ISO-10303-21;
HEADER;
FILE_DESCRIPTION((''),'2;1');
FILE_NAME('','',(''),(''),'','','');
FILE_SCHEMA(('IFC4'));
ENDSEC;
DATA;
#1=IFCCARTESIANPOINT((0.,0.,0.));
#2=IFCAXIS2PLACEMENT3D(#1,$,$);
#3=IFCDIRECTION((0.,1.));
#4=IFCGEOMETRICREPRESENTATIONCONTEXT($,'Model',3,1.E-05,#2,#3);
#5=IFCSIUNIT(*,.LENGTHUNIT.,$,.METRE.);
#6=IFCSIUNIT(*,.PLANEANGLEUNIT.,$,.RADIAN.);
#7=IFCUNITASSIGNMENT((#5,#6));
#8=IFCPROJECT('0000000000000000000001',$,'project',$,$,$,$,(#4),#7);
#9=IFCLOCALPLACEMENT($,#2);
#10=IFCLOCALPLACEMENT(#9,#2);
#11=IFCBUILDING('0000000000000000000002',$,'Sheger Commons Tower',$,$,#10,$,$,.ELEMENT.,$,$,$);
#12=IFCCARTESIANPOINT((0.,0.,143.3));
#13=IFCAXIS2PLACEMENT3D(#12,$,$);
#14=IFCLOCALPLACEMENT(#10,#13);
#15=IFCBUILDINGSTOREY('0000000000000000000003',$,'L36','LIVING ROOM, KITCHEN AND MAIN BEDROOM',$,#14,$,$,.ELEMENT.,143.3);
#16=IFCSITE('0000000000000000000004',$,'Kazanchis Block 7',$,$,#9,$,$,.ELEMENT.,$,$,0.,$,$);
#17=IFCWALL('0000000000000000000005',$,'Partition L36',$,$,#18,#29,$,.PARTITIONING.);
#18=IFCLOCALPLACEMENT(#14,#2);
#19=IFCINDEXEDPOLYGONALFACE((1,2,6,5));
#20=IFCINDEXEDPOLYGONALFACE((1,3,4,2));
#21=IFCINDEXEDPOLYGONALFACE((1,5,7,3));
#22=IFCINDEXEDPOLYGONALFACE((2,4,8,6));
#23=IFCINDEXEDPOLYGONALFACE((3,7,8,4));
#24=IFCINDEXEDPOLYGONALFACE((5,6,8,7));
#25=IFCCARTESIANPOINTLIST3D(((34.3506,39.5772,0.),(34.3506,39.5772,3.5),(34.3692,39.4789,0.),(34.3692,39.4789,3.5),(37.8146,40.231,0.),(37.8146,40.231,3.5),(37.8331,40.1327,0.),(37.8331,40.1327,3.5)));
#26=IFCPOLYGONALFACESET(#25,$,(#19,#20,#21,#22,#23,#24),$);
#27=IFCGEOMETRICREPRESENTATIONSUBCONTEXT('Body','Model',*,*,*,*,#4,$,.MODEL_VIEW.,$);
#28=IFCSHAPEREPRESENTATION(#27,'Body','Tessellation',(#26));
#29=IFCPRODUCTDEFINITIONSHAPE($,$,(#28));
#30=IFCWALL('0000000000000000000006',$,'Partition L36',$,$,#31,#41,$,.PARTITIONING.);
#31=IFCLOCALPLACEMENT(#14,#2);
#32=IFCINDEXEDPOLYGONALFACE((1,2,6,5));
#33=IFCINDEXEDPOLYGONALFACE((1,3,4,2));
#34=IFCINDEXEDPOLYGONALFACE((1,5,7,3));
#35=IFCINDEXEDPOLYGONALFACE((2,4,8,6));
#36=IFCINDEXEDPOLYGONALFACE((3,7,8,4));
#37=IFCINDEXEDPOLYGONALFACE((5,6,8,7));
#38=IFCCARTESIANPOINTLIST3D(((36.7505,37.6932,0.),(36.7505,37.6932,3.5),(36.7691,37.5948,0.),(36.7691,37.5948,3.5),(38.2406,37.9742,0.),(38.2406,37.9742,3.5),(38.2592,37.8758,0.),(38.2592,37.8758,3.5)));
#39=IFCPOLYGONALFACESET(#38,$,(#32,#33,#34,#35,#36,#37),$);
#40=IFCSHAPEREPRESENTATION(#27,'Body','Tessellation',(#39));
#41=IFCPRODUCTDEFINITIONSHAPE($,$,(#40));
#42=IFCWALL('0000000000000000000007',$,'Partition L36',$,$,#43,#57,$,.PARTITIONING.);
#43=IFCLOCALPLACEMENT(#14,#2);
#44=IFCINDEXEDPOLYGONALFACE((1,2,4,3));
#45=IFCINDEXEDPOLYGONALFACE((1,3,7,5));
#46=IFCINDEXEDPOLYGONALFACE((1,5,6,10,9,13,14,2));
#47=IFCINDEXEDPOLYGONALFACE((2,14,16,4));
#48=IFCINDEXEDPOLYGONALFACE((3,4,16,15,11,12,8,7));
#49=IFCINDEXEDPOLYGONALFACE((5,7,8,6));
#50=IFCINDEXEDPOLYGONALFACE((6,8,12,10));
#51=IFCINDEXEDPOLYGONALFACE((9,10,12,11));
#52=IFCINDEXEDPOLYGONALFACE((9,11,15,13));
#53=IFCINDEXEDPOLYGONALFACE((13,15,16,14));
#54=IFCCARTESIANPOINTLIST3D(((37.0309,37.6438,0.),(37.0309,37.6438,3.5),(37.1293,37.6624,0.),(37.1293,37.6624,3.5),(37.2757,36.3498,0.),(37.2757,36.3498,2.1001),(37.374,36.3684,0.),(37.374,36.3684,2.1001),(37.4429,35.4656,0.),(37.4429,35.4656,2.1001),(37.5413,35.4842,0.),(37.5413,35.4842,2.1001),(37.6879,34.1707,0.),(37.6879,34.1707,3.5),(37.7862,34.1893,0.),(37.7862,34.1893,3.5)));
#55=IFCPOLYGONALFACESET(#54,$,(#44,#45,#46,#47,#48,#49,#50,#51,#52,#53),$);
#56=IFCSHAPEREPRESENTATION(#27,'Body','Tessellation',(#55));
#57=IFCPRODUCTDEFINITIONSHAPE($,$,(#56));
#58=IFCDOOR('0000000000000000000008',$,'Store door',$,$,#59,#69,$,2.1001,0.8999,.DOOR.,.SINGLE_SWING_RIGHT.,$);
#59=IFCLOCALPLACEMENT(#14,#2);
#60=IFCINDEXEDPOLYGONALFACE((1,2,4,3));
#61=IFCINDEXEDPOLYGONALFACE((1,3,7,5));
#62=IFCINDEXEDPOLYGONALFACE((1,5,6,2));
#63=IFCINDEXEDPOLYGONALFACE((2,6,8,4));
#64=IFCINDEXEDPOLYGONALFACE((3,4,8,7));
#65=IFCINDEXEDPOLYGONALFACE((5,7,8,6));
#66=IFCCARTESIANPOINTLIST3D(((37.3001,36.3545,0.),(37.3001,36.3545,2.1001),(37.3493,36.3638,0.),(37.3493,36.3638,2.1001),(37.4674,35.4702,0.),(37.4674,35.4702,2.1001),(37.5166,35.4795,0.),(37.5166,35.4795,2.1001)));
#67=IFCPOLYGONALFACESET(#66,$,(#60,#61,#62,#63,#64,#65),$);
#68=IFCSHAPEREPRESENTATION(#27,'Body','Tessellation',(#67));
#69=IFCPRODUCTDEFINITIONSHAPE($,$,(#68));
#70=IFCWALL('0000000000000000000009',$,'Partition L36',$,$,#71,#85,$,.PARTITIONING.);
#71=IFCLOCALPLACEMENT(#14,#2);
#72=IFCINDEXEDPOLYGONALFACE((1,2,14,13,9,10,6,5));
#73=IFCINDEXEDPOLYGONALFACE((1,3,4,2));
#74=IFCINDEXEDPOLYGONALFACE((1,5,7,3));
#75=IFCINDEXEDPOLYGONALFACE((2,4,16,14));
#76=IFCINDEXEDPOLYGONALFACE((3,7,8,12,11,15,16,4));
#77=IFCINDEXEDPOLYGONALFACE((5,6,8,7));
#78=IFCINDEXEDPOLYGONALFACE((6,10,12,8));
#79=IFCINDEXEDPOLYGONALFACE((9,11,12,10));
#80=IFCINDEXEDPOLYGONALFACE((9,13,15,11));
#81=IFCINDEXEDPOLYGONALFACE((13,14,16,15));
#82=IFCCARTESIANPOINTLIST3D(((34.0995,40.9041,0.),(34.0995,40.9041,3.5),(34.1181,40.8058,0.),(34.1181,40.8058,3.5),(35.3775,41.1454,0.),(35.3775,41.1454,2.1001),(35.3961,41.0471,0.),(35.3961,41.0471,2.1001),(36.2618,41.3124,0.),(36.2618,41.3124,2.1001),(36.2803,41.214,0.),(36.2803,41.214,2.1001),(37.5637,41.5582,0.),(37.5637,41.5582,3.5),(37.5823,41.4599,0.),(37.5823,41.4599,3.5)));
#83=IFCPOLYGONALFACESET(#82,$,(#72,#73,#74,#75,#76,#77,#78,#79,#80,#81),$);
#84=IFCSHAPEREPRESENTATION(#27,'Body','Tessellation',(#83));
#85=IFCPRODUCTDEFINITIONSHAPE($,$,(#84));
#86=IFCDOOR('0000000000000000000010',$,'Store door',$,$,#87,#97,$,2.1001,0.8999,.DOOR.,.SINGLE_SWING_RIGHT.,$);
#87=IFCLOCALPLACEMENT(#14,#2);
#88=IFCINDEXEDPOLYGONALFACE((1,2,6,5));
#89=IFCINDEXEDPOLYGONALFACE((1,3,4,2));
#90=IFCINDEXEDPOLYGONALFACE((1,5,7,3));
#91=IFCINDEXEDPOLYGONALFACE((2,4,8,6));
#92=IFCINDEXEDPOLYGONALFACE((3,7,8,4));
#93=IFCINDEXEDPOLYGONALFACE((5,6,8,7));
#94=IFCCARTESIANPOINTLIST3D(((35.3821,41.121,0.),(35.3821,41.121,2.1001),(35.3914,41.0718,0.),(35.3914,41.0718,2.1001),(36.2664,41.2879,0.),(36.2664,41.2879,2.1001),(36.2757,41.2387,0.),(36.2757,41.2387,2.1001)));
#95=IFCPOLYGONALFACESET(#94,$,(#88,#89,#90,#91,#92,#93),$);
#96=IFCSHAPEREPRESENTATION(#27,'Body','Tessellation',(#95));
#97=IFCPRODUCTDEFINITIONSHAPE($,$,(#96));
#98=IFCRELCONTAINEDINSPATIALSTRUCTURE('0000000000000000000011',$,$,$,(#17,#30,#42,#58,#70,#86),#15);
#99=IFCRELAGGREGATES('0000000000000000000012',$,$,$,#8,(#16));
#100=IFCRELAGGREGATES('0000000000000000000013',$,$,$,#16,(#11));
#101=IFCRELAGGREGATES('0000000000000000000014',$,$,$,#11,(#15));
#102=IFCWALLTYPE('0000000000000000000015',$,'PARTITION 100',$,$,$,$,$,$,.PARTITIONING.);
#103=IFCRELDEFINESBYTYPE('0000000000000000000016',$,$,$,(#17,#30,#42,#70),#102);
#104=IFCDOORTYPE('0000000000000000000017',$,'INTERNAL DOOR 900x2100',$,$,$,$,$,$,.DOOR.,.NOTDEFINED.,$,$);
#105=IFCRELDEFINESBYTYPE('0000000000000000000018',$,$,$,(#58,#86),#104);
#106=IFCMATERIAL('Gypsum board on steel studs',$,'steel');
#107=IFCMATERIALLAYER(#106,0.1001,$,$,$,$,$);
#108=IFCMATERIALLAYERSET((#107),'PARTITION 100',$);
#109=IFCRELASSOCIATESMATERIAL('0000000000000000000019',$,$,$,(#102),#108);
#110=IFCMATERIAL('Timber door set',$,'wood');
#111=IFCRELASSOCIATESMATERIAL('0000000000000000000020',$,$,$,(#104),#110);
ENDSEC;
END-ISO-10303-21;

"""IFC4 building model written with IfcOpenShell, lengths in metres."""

from ifc_helpers import new_model, si_unit, direction, frame, frame_2d, origin, place, context, subcontext, project, spatial, rectangle, extrude, material, layer, layer_set, type_object, element, fill, save


model = new_model("IFC4")

# Units and contexts
model_context = context("Model", 3, precision=1e-05, world=origin(), true_north=direction((0.0, 1.0)))
body_context = subcontext(model_context, "Body", "Model", "MODEL_VIEW")
ifc_project = project(units=[si_unit("LENGTHUNIT", "METRE"), si_unit("PLANEANGLEUNIT", "RADIAN")], contexts=[model_context])

# Site, building, storey
site_placement = place(None, origin())
site = spatial("IfcSite", under=ifc_project, at=site_placement, Name="Kazanchis Block 7", CompositionType="ELEMENT", RefElevation=0.0)
building_placement = place(site_placement, origin())
building = spatial("IfcBuilding", under=site, at=building_placement, Name="Sheger Commons Tower", CompositionType="ELEMENT")
storey_placement = place(building_placement, frame((0.0, 0.0, 143.3)))
storey = spatial("IfcBuildingStorey", under=building, at=storey_placement, Name="L36", Description="LIVING ROOM, KITCHEN AND MAIN BEDROOM", CompositionType="ELEMENT", Elevation=143.3)

# Shared definitions
ifc_material_1 = material(Name="Gypsum board on steel studs", Category="steel")
ifc_layer = layer(ifc_material_1, 0.1001)
ifc_layer_set = layer_set([ifc_layer], Name="PARTITION 100")
wall_type = type_object("IfcWallType", Name="PARTITION 100", PredefinedType="PARTITIONING", material=ifc_layer_set)

# Shared definitions
ifc_material_2 = material(Name="Timber door set", Category="wood")
door_type = type_object("IfcDoorType", Name="INTERNAL DOOR 900x2100", OperationType="NOTDEFINED", PredefinedType="DOOR", material=ifc_material_2)

# Walls
wall_1_placement = place(storey_placement, frame((37.824, 40.1819, 0.0), z_axis=(0.0, 0.0, 1.0), x_axis=(-0.982649, -0.185476, 0.0)))
element("IfcWall", 1, at=wall_1_placement, inside=storey, type_object=wall_type, Name="Partition L36", PredefinedType="PARTITIONING", context=body_context, shape_type="SweptSolid", body=[
    extrude(rectangle(XDim=3.5251, YDim=0.1001, at=frame_2d((1.7627, 0.0))), origin(), (0.0, 0.0, 1.0), 3.5),
])
wall_2_placement = place(storey_placement, frame((38.25, 37.925, 0.0), z_axis=(0.0, 0.0, 1.0), x_axis=(-0.982677, -0.185329, 0.0)))
element("IfcWall", 2, at=wall_2_placement, inside=storey, type_object=wall_type, Name="Partition L36", PredefinedType="PARTITIONING", context=body_context, shape_type="SweptSolid", body=[
    extrude(rectangle(XDim=1.5164, YDim=0.1001, at=frame_2d((0.7583, 0.0))), origin(), (0.0, 0.0, 1.0), 3.5),
])

# Walls, openings, doors
wall_3_placement = place(storey_placement, frame((37.0801, 37.6531, 0.0), z_axis=(0.0, 0.0, 1.0), x_axis=(0.185865, -0.982575, 0.0)))
wall_3 = element("IfcWall", 3, at=wall_3_placement, inside=storey, type_object=wall_type, Name="Partition L36", PredefinedType="PARTITIONING", context=body_context, shape_type="SweptSolid", body=[
    extrude(rectangle(XDim=3.5347, YDim=0.1001, at=frame_2d((1.7673, 0.0))), origin(), (0.0, 0.0, 1.0), 3.5),
])
opening_1_placement = place(wall_3_placement, frame((1.3169, 0.0, 0.0)))
opening_1 = element("IfcOpeningElement", 4, at=opening_1_placement, cuts=wall_3, PredefinedType="OPENING", context=body_context, shape_type="SweptSolid", body=[
    extrude(rectangle(XDim=0.8999, YDim=2.1001, at=frame_2d((0.45, 1.05))), frame((0.0, 0.0601, 0.0), z_axis=(0.0, -1.0, 0.0), x_axis=(1.0, 0.0, 0.0)), (0.0, 0.0, 1.0), 0.1201),
])
door_1_placement = place(opening_1_placement, origin())
door_1 = element("IfcDoor", 5, at=door_1_placement, inside=storey, type_object=door_type, Name="Store door", OperationType="SINGLE_SWING_RIGHT", OverallHeight=2.1001, OverallWidth=0.8999, PredefinedType="DOOR", context=body_context, shape_type="SweptSolid", body=[
    extrude(rectangle(XDim=0.8999, YDim=2.1001, at=frame_2d((0.45, 1.05))), frame((0.0, 0.0249, 0.0), z_axis=(0.0, -1.0, 0.0), x_axis=(1.0, 0.0, 0.0)), (0.0, 0.0, 1.0), 0.05),
])
fill(opening_1, door_1)
wall_4_placement = place(storey_placement, frame((37.573, 41.509, 0.0), z_axis=(0.0, 0.0, 1.0), x_axis=(-0.982639, -0.18553, 0.0)))
wall_4 = element("IfcWall", 6, at=wall_4_placement, inside=storey, type_object=wall_type, Name="Partition L36", PredefinedType="PARTITIONING", context=body_context, shape_type="SweptSolid", body=[
    extrude(rectangle(XDim=3.5254, YDim=0.1001, at=frame_2d((1.7627, 0.0))), origin(), (0.0, 0.0, 1.0), 3.5),
])
opening_2_placement = place(wall_4_placement, frame((1.325, 0.0, 0.0)))
opening_2 = element("IfcOpeningElement", 7, at=opening_2_placement, cuts=wall_4, PredefinedType="OPENING", context=body_context, shape_type="SweptSolid", body=[
    extrude(rectangle(XDim=0.8999, YDim=2.1001, at=frame_2d((0.45, 1.05))), frame((0.0, 0.0601, 0.0), z_axis=(0.0, -1.0, 0.0), x_axis=(1.0, 0.0, 0.0)), (0.0, 0.0, 1.0), 0.1201),
])
door_2_placement = place(opening_2_placement, origin())
door_2 = element("IfcDoor", 8, at=door_2_placement, inside=storey, type_object=door_type, Name="Store door", OperationType="SINGLE_SWING_RIGHT", OverallHeight=2.1001, OverallWidth=0.8999, PredefinedType="DOOR", context=body_context, shape_type="SweptSolid", body=[
    extrude(rectangle(XDim=0.8999, YDim=2.1001, at=frame_2d((0.45, 1.05))), frame((0.0, 0.0249, 0.0), z_axis=(0.0, -1.0, 0.0), x_axis=(1.0, 0.0, 0.0)), (0.0, 0.0, 1.0), 0.05),
])
fill(opening_2, door_2)

save(model, "model.ifc")
